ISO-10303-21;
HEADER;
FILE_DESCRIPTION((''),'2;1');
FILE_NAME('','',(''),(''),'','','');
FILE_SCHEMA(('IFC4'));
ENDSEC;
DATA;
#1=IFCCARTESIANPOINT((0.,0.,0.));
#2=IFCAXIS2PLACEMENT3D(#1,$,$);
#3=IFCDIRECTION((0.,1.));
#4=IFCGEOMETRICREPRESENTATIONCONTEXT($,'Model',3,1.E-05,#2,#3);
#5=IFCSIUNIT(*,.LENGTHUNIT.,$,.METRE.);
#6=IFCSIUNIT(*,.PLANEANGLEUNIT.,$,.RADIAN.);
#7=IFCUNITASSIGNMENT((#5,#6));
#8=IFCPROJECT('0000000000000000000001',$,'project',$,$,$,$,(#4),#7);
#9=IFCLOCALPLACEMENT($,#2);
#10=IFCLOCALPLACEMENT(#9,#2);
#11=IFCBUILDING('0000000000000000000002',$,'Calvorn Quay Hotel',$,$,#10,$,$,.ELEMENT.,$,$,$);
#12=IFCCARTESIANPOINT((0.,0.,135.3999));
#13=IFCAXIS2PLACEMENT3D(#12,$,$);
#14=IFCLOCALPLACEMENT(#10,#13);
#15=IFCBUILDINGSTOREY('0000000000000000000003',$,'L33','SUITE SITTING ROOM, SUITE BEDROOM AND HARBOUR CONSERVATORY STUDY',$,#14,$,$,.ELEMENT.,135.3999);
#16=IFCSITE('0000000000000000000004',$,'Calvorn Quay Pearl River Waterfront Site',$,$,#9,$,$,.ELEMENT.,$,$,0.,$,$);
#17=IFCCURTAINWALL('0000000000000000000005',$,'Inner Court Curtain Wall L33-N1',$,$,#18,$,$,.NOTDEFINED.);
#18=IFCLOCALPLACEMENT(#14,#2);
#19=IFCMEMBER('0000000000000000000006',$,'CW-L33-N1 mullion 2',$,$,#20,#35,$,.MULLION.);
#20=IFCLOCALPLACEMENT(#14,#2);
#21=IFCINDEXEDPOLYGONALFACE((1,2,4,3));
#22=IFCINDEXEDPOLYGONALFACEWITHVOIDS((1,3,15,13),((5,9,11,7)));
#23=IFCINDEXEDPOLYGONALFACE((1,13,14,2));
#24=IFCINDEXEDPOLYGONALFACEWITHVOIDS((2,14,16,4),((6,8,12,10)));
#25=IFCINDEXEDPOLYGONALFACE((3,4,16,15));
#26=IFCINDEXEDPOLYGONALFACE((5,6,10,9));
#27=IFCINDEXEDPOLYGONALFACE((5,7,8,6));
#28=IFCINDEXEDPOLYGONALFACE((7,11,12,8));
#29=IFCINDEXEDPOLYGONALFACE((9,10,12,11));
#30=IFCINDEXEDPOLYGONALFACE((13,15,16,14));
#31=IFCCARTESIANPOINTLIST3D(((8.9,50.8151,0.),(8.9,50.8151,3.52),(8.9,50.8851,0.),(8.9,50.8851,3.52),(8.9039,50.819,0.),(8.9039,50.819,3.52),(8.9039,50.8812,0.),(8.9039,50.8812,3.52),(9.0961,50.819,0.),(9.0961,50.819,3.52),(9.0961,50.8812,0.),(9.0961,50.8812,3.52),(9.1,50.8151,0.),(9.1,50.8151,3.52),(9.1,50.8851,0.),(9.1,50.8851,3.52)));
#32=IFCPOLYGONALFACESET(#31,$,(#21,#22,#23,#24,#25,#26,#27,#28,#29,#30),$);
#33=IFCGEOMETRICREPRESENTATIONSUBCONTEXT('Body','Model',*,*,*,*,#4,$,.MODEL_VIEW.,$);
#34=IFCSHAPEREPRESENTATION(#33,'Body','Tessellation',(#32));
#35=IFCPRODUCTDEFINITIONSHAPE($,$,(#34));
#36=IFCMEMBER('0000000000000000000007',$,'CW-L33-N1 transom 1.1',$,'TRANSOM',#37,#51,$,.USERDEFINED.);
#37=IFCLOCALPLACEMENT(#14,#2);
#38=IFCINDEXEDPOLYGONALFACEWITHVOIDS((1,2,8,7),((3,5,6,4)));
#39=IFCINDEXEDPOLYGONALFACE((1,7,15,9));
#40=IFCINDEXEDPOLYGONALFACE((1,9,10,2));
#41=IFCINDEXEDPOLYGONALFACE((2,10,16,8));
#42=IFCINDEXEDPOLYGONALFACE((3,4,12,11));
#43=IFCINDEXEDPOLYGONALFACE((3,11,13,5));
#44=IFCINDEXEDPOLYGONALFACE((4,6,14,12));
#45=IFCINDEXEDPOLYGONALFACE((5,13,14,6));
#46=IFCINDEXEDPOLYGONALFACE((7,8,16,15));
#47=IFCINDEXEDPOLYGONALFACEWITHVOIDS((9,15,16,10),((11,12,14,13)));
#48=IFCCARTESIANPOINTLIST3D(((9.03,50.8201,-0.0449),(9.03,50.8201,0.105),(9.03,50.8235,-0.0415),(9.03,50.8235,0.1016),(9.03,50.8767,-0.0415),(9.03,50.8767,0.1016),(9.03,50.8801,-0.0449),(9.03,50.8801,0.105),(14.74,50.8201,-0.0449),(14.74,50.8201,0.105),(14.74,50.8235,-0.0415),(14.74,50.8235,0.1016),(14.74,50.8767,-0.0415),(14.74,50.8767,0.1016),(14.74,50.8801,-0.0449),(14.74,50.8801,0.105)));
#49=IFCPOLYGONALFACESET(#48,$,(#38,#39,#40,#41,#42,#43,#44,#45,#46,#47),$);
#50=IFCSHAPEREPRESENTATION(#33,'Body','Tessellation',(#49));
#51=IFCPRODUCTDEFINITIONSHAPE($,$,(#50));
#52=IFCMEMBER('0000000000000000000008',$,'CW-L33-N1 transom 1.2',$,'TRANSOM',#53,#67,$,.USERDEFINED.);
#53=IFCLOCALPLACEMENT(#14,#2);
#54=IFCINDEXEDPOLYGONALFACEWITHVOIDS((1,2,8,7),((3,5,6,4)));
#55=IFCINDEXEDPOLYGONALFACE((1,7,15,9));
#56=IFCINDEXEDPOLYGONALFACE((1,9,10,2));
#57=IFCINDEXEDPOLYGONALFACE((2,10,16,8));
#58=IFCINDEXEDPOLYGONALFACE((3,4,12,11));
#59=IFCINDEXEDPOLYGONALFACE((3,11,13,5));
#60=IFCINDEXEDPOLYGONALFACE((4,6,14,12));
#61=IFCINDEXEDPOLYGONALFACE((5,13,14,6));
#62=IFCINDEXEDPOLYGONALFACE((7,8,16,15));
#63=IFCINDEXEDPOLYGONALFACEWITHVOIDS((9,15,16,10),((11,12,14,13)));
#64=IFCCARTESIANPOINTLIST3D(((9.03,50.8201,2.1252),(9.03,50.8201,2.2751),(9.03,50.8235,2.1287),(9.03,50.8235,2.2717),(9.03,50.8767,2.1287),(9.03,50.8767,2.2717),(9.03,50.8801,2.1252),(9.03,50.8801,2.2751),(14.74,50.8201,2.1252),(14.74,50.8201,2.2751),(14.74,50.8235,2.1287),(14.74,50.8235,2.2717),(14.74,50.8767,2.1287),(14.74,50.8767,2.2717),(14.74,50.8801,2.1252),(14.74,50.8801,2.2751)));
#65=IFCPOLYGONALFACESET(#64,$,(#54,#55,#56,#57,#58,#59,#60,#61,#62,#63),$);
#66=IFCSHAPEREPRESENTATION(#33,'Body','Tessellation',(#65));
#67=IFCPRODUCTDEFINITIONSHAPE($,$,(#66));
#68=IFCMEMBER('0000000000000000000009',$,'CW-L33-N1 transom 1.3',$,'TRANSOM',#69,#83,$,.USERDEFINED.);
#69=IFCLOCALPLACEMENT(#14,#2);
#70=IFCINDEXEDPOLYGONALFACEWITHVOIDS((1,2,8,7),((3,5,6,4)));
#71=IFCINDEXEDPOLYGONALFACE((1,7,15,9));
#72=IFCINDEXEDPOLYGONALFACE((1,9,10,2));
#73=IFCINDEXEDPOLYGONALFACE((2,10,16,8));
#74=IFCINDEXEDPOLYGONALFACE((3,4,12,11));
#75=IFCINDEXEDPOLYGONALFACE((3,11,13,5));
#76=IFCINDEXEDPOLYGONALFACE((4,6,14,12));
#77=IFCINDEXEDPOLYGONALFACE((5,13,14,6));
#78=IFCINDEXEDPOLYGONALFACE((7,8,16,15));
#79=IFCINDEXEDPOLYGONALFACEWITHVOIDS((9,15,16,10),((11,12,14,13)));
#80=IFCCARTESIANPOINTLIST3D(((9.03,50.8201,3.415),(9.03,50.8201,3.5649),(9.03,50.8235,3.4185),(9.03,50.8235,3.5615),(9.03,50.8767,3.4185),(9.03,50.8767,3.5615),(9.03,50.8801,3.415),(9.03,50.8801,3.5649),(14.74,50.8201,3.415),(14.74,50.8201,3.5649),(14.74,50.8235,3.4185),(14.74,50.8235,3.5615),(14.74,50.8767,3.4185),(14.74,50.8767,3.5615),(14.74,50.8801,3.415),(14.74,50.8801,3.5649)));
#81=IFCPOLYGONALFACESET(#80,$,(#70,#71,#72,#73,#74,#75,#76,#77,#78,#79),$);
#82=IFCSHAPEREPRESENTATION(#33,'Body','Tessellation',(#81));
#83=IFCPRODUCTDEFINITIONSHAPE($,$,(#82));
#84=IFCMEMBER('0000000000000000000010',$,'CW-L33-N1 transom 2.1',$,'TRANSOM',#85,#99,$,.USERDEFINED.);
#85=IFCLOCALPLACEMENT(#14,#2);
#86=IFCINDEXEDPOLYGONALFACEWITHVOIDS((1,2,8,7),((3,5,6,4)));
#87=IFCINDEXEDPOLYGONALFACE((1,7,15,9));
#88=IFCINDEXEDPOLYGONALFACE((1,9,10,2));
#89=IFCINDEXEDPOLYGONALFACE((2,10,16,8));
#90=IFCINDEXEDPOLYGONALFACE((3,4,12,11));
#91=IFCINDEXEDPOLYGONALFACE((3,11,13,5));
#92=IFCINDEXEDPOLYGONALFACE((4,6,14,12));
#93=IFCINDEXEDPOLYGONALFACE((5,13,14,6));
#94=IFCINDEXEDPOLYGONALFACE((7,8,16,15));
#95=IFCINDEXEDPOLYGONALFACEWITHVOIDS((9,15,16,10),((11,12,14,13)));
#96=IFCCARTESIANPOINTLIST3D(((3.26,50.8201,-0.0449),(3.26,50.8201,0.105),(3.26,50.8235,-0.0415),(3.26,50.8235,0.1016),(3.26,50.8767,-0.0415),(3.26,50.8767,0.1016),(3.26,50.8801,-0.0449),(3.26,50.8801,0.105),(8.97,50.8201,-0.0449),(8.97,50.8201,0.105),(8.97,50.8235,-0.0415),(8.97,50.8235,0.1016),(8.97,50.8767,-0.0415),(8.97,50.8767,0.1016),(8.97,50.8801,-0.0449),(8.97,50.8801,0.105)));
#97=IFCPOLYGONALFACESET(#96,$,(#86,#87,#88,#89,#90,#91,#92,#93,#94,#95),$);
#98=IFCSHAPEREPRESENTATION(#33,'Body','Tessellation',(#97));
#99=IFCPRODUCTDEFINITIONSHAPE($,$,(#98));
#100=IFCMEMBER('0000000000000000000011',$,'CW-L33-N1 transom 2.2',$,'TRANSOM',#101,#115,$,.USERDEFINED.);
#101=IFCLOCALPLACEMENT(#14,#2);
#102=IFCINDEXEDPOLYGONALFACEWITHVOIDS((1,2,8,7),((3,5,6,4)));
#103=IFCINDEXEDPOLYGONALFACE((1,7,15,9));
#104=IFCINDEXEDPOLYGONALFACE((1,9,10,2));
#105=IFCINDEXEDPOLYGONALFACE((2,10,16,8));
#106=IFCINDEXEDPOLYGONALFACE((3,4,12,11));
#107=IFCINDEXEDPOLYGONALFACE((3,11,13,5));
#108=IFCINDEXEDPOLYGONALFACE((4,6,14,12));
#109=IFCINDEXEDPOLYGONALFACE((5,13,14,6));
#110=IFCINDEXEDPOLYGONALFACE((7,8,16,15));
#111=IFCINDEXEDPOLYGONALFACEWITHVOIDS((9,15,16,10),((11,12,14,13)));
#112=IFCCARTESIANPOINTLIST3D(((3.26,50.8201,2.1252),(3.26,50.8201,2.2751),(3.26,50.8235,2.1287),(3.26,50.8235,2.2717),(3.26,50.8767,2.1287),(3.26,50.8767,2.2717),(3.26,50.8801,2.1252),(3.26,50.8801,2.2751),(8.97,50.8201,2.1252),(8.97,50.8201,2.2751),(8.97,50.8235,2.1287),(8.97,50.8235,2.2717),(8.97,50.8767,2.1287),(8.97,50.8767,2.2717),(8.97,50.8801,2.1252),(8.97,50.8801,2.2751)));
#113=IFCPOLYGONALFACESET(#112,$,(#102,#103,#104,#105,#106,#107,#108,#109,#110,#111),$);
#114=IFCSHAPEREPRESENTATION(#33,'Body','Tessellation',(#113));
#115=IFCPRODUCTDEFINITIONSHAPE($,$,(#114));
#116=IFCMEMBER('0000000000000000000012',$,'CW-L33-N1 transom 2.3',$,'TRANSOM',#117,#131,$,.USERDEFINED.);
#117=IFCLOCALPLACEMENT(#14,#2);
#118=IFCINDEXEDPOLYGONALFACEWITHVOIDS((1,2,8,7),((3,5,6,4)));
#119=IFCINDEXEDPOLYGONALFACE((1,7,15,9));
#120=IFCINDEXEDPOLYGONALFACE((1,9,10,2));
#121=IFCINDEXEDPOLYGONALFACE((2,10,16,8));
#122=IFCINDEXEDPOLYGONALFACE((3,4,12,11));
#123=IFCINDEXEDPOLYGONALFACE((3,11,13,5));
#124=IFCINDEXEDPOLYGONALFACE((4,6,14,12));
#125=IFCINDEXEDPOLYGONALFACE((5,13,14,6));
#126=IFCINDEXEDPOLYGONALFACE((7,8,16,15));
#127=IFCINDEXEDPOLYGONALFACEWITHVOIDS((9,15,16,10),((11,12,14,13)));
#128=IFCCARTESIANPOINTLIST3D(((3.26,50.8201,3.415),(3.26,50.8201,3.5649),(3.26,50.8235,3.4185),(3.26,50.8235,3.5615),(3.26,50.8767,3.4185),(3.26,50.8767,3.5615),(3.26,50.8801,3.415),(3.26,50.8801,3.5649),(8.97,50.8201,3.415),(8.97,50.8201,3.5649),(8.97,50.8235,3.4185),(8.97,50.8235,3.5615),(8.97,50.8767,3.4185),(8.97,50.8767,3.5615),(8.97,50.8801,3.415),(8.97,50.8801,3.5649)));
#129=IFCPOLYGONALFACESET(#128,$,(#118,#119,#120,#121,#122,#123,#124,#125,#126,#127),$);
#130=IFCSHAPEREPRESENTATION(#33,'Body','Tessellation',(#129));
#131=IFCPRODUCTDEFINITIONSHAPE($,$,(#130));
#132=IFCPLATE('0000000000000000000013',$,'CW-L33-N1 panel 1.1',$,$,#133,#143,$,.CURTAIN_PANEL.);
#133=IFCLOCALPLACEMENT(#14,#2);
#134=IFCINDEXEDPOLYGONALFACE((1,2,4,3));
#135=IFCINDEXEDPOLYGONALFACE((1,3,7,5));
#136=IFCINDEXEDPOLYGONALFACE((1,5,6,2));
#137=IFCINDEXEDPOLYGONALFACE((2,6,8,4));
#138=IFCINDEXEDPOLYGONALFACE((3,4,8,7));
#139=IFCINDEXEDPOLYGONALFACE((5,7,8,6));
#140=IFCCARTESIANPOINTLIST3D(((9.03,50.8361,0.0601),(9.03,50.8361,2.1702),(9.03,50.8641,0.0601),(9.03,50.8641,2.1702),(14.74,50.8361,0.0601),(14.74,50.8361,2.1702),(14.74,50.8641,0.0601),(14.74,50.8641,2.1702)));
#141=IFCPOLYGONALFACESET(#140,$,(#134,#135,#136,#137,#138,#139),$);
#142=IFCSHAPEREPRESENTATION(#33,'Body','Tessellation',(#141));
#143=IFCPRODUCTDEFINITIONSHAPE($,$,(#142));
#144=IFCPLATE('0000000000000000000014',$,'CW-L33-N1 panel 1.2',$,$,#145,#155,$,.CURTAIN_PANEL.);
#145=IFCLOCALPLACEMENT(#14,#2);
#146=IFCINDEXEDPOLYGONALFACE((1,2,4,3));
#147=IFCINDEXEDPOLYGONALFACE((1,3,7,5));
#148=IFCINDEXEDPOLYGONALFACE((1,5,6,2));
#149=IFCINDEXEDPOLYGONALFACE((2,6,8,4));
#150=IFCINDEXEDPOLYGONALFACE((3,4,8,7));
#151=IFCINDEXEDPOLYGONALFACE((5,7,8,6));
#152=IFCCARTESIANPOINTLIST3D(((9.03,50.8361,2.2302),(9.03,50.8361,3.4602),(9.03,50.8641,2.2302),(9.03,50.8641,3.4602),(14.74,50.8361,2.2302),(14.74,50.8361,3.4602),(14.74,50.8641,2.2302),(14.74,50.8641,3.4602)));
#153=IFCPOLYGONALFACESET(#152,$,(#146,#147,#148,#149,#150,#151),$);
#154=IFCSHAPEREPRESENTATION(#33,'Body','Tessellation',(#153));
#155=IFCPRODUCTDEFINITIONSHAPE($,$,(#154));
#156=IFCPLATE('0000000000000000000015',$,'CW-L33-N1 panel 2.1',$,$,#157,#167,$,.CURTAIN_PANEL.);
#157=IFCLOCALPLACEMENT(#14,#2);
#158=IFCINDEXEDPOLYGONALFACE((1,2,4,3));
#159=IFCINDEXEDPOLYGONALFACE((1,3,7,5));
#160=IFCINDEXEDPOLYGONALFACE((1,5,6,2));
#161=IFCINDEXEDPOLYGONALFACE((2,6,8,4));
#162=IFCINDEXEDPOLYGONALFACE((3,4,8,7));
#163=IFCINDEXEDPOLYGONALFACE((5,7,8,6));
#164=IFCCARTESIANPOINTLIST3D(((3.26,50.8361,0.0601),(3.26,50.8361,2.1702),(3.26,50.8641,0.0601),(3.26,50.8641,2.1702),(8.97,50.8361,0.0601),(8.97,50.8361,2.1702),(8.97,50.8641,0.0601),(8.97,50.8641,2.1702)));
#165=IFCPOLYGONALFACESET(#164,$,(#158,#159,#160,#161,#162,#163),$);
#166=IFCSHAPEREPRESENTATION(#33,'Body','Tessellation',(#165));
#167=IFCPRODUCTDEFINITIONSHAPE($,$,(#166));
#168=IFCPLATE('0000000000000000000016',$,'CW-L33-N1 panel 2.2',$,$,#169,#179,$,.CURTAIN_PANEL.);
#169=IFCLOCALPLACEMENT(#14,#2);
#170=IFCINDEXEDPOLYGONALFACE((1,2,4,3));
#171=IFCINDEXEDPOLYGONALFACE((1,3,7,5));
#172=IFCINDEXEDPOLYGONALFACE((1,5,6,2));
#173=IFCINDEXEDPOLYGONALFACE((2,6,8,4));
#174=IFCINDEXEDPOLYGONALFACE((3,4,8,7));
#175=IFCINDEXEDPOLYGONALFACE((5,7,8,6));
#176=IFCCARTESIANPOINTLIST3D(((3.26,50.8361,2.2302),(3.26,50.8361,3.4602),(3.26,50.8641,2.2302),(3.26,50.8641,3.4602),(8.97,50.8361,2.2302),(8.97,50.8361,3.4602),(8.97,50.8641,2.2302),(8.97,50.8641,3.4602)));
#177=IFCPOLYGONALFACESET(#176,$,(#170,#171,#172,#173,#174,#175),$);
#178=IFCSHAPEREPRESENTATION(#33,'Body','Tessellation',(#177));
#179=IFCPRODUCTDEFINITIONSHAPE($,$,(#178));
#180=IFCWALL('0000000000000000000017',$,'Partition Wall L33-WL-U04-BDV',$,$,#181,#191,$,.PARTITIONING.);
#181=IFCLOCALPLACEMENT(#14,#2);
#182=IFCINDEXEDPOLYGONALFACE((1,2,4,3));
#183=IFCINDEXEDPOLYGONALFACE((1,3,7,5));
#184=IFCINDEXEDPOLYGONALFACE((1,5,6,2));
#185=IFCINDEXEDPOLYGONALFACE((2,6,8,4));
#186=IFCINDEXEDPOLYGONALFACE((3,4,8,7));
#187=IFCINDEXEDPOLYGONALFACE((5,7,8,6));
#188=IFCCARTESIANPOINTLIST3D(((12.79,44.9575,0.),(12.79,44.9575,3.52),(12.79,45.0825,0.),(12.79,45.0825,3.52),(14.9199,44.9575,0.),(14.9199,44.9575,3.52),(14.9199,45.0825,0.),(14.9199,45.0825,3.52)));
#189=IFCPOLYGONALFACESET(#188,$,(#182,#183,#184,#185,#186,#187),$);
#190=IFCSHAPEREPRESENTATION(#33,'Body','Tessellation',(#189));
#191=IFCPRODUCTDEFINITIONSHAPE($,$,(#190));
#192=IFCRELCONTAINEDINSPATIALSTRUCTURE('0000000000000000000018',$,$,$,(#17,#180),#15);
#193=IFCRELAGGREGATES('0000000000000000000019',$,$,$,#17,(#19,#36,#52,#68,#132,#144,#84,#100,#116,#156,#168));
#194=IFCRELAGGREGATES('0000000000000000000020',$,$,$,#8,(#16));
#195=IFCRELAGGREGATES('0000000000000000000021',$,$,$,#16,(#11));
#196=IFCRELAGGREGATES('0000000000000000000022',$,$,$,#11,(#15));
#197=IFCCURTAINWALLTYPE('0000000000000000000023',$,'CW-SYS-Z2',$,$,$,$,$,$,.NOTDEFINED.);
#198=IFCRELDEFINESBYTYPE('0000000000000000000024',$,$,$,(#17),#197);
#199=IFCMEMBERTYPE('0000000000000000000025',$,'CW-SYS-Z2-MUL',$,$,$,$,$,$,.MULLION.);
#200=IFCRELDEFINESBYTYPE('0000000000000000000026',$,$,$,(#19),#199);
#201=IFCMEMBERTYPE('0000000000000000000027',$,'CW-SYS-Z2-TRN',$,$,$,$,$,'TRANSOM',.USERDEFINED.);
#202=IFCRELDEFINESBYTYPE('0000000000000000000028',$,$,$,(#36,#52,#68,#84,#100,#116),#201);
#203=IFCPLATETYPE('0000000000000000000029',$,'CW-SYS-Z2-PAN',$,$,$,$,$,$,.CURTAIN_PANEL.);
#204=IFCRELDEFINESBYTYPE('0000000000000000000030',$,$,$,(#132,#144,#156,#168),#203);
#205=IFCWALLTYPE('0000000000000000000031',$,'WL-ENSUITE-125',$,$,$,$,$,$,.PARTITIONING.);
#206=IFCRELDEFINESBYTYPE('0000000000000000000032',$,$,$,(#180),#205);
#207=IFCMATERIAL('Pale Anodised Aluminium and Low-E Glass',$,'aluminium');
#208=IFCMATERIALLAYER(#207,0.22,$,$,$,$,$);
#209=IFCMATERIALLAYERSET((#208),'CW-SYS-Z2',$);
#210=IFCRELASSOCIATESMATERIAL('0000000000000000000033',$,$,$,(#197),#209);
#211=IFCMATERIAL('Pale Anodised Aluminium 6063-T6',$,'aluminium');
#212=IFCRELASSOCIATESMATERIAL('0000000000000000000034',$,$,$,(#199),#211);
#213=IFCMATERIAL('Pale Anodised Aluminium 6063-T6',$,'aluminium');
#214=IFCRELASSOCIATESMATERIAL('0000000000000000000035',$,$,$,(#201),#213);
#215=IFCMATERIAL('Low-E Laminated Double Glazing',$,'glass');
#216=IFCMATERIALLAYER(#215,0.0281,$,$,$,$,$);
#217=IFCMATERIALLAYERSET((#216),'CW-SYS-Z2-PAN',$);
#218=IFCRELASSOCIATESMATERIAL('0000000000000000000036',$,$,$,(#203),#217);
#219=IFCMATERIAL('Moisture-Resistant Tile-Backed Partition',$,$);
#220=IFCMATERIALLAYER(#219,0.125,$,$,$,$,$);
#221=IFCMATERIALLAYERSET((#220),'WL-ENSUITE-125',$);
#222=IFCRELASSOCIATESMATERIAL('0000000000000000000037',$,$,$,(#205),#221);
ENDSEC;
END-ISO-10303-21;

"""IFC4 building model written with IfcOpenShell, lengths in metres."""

from ifc_helpers import new_model, si_unit, direction, frame, frame_2d, origin, origin_2d, place, context, subcontext, project, spatial, rectangle, hollow_rectangle, extrude, material, layer, layer_set, material_profile, profile_set, type_object, element, aggregate, save


model = new_model("IFC4")

# Units and contexts
model_context = context("Model", 3, precision=1e-05, world=origin(), true_north=direction((0.0, 1.0)))
body_context = subcontext(model_context, "Body", "Model", "MODEL_VIEW")
ifc_project = project(units=[si_unit("LENGTHUNIT", "METRE"), si_unit("PLANEANGLEUNIT", "RADIAN")], contexts=[model_context])

# Site, building, storey
site_placement = place(None, origin())
site = spatial("IfcSite", under=ifc_project, at=site_placement, Name="Calvorn Quay Pearl River Waterfront Site", CompositionType="ELEMENT", RefElevation=0.0)
building_placement = place(site_placement, origin())
building = spatial("IfcBuilding", under=site, at=building_placement, Name="Calvorn Quay Hotel", CompositionType="ELEMENT")
storey_placement = place(building_placement, frame((0.0, 0.0, 135.3999)))
storey = spatial("IfcBuildingStorey", under=building, at=storey_placement, Name="L33", Description="SUITE SITTING ROOM, SUITE BEDROOM AND HARBOUR CONSERVATORY STUDY", CompositionType="ELEMENT", Elevation=135.3999)

# Curtain wall, members, plates
ifc_material_1 = material(Name="Pale Anodised Aluminium and Low-E Glass", Category="aluminium")
ifc_layer_1 = layer(ifc_material_1, 0.22)
ifc_layer_set_1 = layer_set([ifc_layer_1], Name="CW-SYS-Z2")
curtain_wall_type = type_object("IfcCurtainWallType", Name="CW-SYS-Z2", PredefinedType="NOTDEFINED", material=ifc_layer_set_1)
curtain_wall_placement = place(storey_placement, origin())
curtain_wall = element("IfcCurtainWall", 1, at=curtain_wall_placement, inside=storey, type_object=curtain_wall_type, Name="Inner Court Curtain Wall L33-N1", PredefinedType="NOTDEFINED")
ifc_material_2 = material(Name="Pale Anodised Aluminium 6063-T6", Category="aluminium")
ifc_material_profile_1 = material_profile(ifc_material_2, hollow_rectangle(XDim=0.0701, YDim=0.2, WallThickness=0.0039, at=origin_2d()), Name="ALU-M200x70x4")
ifc_profile_set_1 = profile_set([ifc_material_profile_1], Name="Pale Anodised Aluminium 6063-T6")
member_type_1 = type_object("IfcMemberType", Name="CW-SYS-Z2-MUL", PredefinedType="MULLION", material=ifc_profile_set_1)
member_1_placement = place(storey_placement, frame((9.0, 50.8501, 0.0), z_axis=(0.0, 0.0, 1.0), x_axis=(0.0, -1.0, 0.0)))
member_1 = element("IfcMember", 2, at=member_1_placement, type_object=member_type_1, Name="CW-L33-N1 mullion 2", PredefinedType="MULLION", context=body_context, shape_type="SweptSolid", body=[
    extrude(hollow_rectangle(XDim=0.0701, YDim=0.2, WallThickness=0.0039, at=origin_2d()), origin(), (0.0, 0.0, 1.0), 3.52),
])
ifc_material_3 = material(Name="Pale Anodised Aluminium 6063-T6", Category="aluminium")
ifc_material_profile_2 = material_profile(ifc_material_3, hollow_rectangle(XDim=0.0601, YDim=0.1499, WallThickness=0.0034, at=origin_2d()), Name="ALU-T150x60x3.5")
ifc_profile_set_2 = profile_set([ifc_material_profile_2], Name="Pale Anodised Aluminium 6063-T6")
member_type_2 = type_object("IfcMemberType", Name="CW-SYS-Z2-TRN", ElementType="TRANSOM", PredefinedType="USERDEFINED", material=ifc_profile_set_2)
member_2_placement = place(storey_placement, frame((14.74, 50.8501, 0.03), z_axis=(-1.0, 0.0, 0.0), x_axis=(0.0, -1.0, 0.0)))
member_2 = element("IfcMember", 3, at=member_2_placement, type_object=member_type_2, Name="CW-L33-N1 transom 1.1", ObjectType="TRANSOM", PredefinedType="USERDEFINED", context=body_context, shape_type="SweptSolid", body=[
    extrude(hollow_rectangle(XDim=0.0601, YDim=0.1499, WallThickness=0.0034, at=origin_2d()), origin(), (0.0, 0.0, 1.0), 5.71),
])
member_3_placement = place(storey_placement, frame((14.74, 50.8501, 2.2002), z_axis=(-1.0, 0.0, 0.0), x_axis=(0.0, -1.0, 0.0)))
member_3 = element("IfcMember", 4, at=member_3_placement, type_object=member_type_2, Name="CW-L33-N1 transom 1.2", ObjectType="TRANSOM", PredefinedType="USERDEFINED", context=body_context, shape_type="SweptSolid", body=[
    extrude(hollow_rectangle(XDim=0.0601, YDim=0.1499, WallThickness=0.0034, at=origin_2d()), origin(), (0.0, 0.0, 1.0), 5.71),
])
member_4_placement = place(storey_placement, frame((14.74, 50.8501, 3.49), z_axis=(-1.0, 0.0, 0.0), x_axis=(0.0, -1.0, 0.0)))
member_4 = element("IfcMember", 5, at=member_4_placement, type_object=member_type_2, Name="CW-L33-N1 transom 1.3", ObjectType="TRANSOM", PredefinedType="USERDEFINED", context=body_context, shape_type="SweptSolid", body=[
    extrude(hollow_rectangle(XDim=0.0601, YDim=0.1499, WallThickness=0.0034, at=origin_2d()), origin(), (0.0, 0.0, 1.0), 5.71),
])
member_5_placement = place(storey_placement, frame((8.97, 50.8501, 0.03), z_axis=(-1.0, 0.0, 0.0), x_axis=(0.0, -1.0, 0.0)))
member_5 = element("IfcMember", 6, at=member_5_placement, type_object=member_type_2, Name="CW-L33-N1 transom 2.1", ObjectType="TRANSOM", PredefinedType="USERDEFINED", context=body_context, shape_type="SweptSolid", body=[
    extrude(hollow_rectangle(XDim=0.0601, YDim=0.1499, WallThickness=0.0034, at=origin_2d()), origin(), (0.0, 0.0, 1.0), 5.71),
])
member_6_placement = place(storey_placement, frame((8.97, 50.8501, 2.2002), z_axis=(-1.0, 0.0, 0.0), x_axis=(0.0, -1.0, 0.0)))
member_6 = element("IfcMember", 7, at=member_6_placement, type_object=member_type_2, Name="CW-L33-N1 transom 2.2", ObjectType="TRANSOM", PredefinedType="USERDEFINED", context=body_context, shape_type="SweptSolid", body=[
    extrude(hollow_rectangle(XDim=0.0601, YDim=0.1499, WallThickness=0.0034, at=origin_2d()), origin(), (0.0, 0.0, 1.0), 5.71),
])
member_7_placement = place(storey_placement, frame((8.97, 50.8501, 3.49), z_axis=(-1.0, 0.0, 0.0), x_axis=(0.0, -1.0, 0.0)))
member_7 = element("IfcMember", 8, at=member_7_placement, type_object=member_type_2, Name="CW-L33-N1 transom 2.3", ObjectType="TRANSOM", PredefinedType="USERDEFINED", context=body_context, shape_type="SweptSolid", body=[
    extrude(hollow_rectangle(XDim=0.0601, YDim=0.1499, WallThickness=0.0034, at=origin_2d()), origin(), (0.0, 0.0, 1.0), 5.71),
])
ifc_material_4 = material(Name="Low-E Laminated Double Glazing", Category="glass")
ifc_layer_2 = layer(ifc_material_4, 0.0281)
ifc_layer_set_2 = layer_set([ifc_layer_2], Name="CW-SYS-Z2-PAN")
plate_type = type_object("IfcPlateType", Name="CW-SYS-Z2-PAN", PredefinedType="CURTAIN_PANEL", material=ifc_layer_set_2)
plate_1_placement = place(storey_placement, frame((11.885, 50.8501, 0.0601), z_axis=(0.0, 0.0, 1.0), x_axis=(-1.0, 0.0, 0.0)))
plate_1 = element("IfcPlate", 9, at=plate_1_placement, type_object=plate_type, Name="CW-L33-N1 panel 1.1", PredefinedType="CURTAIN_PANEL", context=body_context, shape_type="SweptSolid", body=[
    extrude(rectangle(XDim=5.71, YDim=0.0281, at=origin_2d()), origin(), (0.0, 0.0, 1.0), 2.1101),
])
plate_2_placement = place(storey_placement, frame((11.885, 50.8501, 2.2302), z_axis=(0.0, 0.0, 1.0), x_axis=(-1.0, 0.0, 0.0)))
plate_2 = element("IfcPlate", 10, at=plate_2_placement, type_object=plate_type, Name="CW-L33-N1 panel 1.2", PredefinedType="CURTAIN_PANEL", context=body_context, shape_type="SweptSolid", body=[
    extrude(rectangle(XDim=5.71, YDim=0.0281, at=origin_2d()), origin(), (0.0, 0.0, 1.0), 1.23),
])
plate_3_placement = place(storey_placement, frame((6.115, 50.8501, 0.0601), z_axis=(0.0, 0.0, 1.0), x_axis=(-1.0, 0.0, 0.0)))
plate_3 = element("IfcPlate", 11, at=plate_3_placement, type_object=plate_type, Name="CW-L33-N1 panel 2.1", PredefinedType="CURTAIN_PANEL", context=body_context, shape_type="SweptSolid", body=[
    extrude(rectangle(XDim=5.71, YDim=0.0281, at=origin_2d()), origin(), (0.0, 0.0, 1.0), 2.1101),
])
plate_4_placement = place(storey_placement, frame((6.115, 50.8501, 2.2302), z_axis=(0.0, 0.0, 1.0), x_axis=(-1.0, 0.0, 0.0)))
plate_4 = element("IfcPlate", 12, at=plate_4_placement, type_object=plate_type, Name="CW-L33-N1 panel 2.2", PredefinedType="CURTAIN_PANEL", context=body_context, shape_type="SweptSolid", body=[
    extrude(rectangle(XDim=5.71, YDim=0.0281, at=origin_2d()), origin(), (0.0, 0.0, 1.0), 1.23),
])
aggregate(curtain_wall, [member_1, member_2, member_3, member_4, plate_1, plate_2, member_5, member_6, member_7, plate_3, plate_4])

# Wall
ifc_material_5 = material(Name="Moisture-Resistant Tile-Backed Partition")
ifc_layer_3 = layer(ifc_material_5, 0.125)
ifc_layer_set_3 = layer_set([ifc_layer_3], Name="WL-ENSUITE-125")
wall_type_1 = type_object("IfcWallType", Name="WL-ENSUITE-125", PredefinedType="PARTITIONING", material=ifc_layer_set_3)
wall_1_placement = place(storey_placement, frame((12.79, 45.02, 0.0), z_axis=(0.0, 0.0, 1.0), x_axis=(1.0, 0.0, 0.0)))
element("IfcWall", 13, at=wall_1_placement, inside=storey, type_object=wall_type_1, Name="Partition Wall L33-WL-U04-BDV", PredefinedType="PARTITIONING", context=body_context, shape_type="SweptSolid", body=[
    extrude(rectangle(XDim=2.1299, YDim=0.125, at=frame_2d((1.0649, 0.0))), origin(), (0.0, 0.0, 1.0), 3.52),
])

save(model, "model.ifc")
